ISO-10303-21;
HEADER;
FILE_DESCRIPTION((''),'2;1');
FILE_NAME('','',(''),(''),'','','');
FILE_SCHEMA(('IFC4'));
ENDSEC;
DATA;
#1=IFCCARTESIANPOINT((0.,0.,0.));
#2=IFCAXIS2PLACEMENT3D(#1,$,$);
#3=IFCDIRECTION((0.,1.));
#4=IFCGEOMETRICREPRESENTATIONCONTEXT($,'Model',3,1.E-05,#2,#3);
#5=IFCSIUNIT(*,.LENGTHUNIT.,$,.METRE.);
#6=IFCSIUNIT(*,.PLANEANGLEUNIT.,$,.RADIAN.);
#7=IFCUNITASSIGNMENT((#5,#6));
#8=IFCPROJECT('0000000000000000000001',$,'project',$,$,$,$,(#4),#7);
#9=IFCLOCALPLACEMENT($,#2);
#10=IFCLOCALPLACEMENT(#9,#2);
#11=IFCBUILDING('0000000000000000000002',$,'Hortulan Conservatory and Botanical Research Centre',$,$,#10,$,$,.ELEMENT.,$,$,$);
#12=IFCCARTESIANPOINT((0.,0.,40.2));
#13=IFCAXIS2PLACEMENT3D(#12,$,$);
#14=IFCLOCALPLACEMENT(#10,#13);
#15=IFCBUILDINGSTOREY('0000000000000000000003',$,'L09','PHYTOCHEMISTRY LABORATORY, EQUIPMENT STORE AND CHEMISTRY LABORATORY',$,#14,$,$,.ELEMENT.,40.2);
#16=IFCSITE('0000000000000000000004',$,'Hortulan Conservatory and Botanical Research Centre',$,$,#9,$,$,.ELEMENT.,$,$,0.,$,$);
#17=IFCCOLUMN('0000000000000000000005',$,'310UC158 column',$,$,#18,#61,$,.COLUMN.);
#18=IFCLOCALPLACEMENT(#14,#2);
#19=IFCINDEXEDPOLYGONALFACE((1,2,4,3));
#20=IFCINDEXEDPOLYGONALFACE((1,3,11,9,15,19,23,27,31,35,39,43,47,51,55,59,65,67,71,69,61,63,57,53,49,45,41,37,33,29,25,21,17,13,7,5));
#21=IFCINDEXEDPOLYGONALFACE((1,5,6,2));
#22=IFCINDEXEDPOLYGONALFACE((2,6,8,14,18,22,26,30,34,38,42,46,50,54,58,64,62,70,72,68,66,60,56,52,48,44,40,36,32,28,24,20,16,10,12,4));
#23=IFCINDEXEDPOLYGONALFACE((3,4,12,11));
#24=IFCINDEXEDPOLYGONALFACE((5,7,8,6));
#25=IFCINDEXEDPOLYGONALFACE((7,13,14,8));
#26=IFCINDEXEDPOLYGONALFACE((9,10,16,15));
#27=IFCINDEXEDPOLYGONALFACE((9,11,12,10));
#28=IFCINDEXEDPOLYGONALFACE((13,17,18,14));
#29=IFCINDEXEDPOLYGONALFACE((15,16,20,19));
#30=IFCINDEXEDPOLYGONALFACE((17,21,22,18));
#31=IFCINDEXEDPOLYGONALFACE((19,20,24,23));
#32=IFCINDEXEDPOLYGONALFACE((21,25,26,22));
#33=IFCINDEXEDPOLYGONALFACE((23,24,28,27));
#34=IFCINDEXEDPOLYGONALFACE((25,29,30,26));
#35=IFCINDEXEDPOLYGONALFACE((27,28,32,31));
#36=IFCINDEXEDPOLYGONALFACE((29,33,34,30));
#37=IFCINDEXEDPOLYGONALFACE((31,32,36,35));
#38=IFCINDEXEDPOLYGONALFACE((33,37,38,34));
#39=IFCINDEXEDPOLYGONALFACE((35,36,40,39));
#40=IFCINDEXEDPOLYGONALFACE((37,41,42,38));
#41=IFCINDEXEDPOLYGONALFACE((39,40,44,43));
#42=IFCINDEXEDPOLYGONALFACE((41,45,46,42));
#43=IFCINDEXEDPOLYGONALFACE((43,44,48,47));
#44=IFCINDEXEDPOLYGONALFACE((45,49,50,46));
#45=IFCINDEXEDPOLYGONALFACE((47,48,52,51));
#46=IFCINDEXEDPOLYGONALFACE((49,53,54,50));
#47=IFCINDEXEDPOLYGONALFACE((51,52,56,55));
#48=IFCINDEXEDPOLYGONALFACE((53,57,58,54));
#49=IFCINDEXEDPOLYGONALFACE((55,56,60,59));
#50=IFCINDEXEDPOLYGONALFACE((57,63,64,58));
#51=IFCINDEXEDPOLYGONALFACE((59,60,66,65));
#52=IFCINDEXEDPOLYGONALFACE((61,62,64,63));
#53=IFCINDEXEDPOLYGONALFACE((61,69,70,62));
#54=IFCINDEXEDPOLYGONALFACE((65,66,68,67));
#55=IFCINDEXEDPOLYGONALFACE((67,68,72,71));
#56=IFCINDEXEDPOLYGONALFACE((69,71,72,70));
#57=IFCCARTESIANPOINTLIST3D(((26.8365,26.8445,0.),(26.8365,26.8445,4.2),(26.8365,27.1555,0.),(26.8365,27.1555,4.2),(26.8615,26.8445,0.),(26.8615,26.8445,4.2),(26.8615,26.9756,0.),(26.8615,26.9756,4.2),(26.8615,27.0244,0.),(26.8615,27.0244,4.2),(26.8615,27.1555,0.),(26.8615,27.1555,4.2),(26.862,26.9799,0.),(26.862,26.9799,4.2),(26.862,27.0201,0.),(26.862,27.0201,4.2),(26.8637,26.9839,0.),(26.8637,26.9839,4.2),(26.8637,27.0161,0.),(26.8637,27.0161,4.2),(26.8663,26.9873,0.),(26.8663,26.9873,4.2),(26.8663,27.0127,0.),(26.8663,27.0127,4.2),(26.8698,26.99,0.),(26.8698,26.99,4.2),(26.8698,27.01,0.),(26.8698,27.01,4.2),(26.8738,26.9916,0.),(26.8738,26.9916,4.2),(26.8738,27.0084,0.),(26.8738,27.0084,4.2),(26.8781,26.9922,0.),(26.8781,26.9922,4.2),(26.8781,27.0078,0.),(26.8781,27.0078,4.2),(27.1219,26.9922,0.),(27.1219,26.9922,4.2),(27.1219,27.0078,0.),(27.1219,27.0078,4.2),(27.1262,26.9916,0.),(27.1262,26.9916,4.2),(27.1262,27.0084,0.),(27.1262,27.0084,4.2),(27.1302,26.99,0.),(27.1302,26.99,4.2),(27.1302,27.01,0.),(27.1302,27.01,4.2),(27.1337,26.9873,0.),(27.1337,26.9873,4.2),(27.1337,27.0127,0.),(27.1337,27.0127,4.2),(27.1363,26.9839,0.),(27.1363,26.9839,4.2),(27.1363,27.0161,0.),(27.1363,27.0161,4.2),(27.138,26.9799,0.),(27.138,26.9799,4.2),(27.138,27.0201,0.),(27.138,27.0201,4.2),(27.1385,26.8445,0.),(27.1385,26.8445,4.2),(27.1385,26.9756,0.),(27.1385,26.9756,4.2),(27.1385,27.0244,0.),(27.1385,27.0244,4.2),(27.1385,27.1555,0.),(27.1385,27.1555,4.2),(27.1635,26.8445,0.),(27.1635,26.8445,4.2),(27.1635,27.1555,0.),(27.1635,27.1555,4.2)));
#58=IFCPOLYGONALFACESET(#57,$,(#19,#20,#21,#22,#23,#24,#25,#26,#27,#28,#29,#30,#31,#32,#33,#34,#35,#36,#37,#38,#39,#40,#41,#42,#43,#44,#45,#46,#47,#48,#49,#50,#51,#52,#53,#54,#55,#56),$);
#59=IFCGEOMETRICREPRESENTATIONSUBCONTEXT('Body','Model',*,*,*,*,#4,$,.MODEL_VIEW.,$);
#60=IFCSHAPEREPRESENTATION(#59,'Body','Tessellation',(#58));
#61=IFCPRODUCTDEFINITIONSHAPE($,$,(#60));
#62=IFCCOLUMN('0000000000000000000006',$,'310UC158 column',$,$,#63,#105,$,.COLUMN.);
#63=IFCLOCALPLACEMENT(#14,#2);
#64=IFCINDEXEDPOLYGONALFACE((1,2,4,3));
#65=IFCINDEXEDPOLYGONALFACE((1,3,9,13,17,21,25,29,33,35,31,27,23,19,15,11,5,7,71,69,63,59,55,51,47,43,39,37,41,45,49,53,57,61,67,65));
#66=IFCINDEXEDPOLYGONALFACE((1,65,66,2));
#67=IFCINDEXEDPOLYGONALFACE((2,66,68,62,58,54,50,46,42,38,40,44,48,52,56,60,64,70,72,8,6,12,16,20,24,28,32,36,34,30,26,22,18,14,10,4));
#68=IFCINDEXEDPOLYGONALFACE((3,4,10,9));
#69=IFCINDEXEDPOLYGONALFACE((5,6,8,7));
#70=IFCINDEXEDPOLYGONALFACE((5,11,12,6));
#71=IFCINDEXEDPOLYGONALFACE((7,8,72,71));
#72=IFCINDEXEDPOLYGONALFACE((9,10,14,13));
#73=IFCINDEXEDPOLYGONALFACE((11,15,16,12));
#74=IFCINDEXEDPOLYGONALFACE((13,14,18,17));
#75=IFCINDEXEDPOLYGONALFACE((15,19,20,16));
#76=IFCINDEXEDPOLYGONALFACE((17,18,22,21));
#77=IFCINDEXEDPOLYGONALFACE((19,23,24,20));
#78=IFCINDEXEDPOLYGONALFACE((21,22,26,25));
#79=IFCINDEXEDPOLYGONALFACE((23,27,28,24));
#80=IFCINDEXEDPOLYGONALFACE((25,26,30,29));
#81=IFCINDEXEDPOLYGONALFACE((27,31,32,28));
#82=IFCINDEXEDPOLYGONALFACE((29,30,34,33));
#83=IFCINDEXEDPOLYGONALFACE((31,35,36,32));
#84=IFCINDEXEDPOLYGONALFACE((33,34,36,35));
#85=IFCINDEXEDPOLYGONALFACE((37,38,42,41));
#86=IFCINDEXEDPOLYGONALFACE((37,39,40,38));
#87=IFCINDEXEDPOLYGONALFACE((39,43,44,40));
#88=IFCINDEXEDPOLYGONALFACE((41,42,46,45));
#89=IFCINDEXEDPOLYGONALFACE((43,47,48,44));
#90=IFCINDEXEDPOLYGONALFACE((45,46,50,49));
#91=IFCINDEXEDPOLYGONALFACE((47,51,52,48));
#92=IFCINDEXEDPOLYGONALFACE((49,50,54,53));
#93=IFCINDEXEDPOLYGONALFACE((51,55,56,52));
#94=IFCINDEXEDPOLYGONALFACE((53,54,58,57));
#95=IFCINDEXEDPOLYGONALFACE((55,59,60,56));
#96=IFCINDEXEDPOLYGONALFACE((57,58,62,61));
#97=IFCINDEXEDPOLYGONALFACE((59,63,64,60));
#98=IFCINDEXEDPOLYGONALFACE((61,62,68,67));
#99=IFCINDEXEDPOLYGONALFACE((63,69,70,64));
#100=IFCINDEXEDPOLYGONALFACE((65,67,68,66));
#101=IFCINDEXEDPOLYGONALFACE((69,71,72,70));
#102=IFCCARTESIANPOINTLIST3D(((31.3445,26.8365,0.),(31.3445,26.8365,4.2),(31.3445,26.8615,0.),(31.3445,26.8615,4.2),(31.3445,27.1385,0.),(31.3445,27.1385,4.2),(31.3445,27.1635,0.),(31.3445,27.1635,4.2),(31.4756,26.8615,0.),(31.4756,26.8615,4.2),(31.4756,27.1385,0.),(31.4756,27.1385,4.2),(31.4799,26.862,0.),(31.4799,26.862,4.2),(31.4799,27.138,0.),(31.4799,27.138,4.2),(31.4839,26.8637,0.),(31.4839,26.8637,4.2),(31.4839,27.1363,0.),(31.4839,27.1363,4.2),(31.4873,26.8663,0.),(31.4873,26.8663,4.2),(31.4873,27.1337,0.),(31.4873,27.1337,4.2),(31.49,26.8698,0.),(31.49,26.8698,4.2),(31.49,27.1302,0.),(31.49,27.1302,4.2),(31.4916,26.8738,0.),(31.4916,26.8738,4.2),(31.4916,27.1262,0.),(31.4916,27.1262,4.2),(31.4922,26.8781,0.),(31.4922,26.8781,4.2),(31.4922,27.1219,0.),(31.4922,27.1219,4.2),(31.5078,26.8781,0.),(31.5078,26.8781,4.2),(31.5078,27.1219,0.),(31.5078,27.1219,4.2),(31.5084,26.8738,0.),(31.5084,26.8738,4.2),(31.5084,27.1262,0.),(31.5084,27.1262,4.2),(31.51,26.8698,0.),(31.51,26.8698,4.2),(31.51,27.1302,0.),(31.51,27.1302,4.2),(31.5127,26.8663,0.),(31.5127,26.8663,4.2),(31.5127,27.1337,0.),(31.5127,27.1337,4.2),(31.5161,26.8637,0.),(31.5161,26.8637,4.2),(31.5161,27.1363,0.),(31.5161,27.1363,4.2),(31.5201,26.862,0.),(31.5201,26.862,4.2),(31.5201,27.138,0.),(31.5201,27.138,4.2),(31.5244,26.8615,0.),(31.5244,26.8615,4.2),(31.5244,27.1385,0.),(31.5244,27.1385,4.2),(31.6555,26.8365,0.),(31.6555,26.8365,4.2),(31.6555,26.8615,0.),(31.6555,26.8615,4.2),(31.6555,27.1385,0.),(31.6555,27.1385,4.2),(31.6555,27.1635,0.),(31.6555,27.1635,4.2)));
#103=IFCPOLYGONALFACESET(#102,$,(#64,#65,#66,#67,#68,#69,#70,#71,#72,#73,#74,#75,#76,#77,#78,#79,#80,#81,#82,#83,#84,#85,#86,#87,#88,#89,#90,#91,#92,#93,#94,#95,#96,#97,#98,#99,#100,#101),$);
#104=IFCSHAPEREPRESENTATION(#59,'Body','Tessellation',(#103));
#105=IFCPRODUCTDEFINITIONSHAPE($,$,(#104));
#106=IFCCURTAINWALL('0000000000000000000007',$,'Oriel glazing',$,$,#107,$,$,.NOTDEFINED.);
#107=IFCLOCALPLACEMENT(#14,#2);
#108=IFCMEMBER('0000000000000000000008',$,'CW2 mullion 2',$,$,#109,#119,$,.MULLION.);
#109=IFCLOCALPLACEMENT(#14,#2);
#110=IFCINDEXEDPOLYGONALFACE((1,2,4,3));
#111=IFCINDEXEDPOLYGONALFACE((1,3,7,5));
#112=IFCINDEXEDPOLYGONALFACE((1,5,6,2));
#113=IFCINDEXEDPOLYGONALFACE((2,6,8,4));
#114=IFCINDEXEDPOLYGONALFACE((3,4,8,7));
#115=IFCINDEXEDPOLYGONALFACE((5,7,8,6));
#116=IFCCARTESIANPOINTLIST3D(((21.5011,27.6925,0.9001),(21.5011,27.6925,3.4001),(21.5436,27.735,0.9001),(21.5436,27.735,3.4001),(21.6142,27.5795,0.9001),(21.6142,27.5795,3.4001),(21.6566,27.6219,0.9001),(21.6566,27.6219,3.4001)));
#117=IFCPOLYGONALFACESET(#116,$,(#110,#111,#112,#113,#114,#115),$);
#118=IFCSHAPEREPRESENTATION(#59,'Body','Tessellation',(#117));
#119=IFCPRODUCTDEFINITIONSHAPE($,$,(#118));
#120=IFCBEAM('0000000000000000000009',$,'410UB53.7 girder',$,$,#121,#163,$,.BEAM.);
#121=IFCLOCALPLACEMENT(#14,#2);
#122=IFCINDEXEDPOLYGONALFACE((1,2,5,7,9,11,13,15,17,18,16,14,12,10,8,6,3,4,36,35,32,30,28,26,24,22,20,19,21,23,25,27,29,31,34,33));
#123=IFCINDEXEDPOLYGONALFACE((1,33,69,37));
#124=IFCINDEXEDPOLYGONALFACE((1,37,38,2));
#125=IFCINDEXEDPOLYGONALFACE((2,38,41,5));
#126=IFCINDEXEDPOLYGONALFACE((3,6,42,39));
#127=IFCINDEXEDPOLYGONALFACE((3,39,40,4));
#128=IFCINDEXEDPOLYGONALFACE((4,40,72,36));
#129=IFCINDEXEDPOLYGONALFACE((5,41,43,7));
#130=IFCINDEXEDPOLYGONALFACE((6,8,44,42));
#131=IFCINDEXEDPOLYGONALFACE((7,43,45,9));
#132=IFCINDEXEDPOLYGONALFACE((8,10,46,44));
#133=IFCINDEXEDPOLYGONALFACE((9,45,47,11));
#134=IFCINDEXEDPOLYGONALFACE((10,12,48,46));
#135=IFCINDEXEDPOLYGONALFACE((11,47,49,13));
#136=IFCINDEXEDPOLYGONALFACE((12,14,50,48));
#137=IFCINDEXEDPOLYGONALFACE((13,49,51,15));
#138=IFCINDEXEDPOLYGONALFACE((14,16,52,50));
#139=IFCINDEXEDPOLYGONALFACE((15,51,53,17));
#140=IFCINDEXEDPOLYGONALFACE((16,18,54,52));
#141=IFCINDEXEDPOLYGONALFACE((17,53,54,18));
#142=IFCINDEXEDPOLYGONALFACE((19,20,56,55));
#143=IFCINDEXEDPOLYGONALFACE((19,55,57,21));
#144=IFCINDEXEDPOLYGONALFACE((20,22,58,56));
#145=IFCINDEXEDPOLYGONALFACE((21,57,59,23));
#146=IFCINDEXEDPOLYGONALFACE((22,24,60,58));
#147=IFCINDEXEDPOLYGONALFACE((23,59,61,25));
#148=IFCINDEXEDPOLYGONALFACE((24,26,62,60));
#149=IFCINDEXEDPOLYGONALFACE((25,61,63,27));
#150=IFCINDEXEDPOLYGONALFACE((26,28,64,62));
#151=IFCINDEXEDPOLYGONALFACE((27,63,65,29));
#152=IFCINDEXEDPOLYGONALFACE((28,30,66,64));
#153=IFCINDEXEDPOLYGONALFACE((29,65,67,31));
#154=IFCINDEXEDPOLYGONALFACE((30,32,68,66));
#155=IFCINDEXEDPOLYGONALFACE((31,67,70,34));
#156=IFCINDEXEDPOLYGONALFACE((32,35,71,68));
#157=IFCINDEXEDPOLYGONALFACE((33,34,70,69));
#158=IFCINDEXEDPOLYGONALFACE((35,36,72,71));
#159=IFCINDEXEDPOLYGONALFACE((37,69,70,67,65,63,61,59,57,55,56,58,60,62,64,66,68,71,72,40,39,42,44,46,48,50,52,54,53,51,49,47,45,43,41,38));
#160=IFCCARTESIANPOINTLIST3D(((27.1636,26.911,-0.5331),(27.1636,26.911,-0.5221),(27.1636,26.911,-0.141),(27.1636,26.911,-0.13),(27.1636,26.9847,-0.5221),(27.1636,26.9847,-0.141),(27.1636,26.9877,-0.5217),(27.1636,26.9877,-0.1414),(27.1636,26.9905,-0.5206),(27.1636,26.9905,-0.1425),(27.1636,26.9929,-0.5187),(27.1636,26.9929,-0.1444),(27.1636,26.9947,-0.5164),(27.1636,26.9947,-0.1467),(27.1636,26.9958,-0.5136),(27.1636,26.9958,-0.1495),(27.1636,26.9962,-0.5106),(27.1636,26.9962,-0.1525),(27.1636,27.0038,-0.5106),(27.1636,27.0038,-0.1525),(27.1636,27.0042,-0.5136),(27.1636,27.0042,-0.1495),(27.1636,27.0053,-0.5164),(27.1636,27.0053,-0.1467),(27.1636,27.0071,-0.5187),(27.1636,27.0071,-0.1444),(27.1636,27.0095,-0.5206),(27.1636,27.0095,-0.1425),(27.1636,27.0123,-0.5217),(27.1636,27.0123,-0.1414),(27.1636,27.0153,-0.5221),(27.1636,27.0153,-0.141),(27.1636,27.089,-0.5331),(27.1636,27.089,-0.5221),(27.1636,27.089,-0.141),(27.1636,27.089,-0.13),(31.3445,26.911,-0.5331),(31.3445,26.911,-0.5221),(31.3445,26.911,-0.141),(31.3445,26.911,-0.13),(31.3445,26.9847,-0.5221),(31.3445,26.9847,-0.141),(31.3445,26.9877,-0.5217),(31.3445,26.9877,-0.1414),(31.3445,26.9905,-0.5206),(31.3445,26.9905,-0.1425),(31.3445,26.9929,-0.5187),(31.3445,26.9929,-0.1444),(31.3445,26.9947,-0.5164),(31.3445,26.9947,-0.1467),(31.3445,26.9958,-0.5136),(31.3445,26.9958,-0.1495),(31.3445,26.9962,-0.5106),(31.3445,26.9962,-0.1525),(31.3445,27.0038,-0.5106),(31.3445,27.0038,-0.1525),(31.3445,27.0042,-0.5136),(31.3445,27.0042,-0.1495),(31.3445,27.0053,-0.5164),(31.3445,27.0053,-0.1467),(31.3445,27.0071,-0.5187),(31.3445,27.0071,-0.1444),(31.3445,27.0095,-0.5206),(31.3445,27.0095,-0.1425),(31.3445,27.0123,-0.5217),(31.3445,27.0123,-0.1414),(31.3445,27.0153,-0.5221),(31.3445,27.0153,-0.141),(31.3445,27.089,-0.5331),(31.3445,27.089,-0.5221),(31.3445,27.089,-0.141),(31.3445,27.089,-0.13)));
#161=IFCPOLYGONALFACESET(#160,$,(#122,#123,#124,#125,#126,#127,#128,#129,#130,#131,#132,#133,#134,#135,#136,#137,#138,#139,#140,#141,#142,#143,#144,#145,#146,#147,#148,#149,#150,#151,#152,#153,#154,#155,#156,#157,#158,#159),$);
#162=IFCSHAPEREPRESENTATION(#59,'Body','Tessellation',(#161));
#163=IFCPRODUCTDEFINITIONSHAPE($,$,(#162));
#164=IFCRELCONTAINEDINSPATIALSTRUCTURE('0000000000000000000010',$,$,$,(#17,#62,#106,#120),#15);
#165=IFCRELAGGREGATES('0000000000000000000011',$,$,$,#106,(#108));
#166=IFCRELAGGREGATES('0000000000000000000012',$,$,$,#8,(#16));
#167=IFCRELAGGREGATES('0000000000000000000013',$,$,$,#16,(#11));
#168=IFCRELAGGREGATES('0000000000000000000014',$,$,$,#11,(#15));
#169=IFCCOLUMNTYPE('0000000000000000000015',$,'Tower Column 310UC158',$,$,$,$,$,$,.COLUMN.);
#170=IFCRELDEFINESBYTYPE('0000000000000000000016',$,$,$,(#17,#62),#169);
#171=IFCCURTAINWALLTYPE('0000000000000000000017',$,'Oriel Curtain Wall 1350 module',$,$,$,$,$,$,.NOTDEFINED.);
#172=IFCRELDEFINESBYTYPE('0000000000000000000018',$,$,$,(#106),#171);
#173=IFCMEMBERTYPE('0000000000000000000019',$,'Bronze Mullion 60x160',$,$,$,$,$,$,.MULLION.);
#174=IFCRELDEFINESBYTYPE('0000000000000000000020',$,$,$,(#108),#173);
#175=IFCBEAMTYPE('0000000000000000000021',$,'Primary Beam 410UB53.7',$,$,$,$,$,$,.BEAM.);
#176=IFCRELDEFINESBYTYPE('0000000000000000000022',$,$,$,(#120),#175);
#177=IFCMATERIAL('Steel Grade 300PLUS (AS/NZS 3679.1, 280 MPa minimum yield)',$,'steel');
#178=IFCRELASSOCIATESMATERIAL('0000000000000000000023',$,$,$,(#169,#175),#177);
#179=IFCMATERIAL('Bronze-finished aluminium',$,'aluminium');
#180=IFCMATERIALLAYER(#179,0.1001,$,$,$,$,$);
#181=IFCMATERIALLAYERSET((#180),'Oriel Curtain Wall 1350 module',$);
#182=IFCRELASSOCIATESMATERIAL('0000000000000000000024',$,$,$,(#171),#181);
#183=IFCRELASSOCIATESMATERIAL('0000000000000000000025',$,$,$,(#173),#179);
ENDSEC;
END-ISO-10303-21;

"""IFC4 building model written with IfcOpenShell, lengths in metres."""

from ifc_helpers import new_model, si_unit, direction, frame, origin, origin_2d, place, context, subcontext, project, spatial, rectangle, i_section, extrude, material, layer, layer_set, material_profile, profile_set, type_object, element, aggregate, save


model = new_model("IFC4")

# Units and contexts
model_context = context("Model", 3, precision=1e-05, world=origin(), true_north=direction((0.0, 1.0)))
body_context = subcontext(model_context, "Body", "Model", "MODEL_VIEW")
ifc_project = project(units=[si_unit("LENGTHUNIT", "METRE"), si_unit("PLANEANGLEUNIT", "RADIAN")], contexts=[model_context])

# Site, building, storey
site_placement = place(None, origin())
site = spatial("IfcSite", under=ifc_project, at=site_placement, Name="Hortulan Conservatory and Botanical Research Centre", CompositionType="ELEMENT", RefElevation=0.0)
building_placement = place(site_placement, origin())
building = spatial("IfcBuilding", under=site, at=building_placement, Name="Hortulan Conservatory and Botanical Research Centre", CompositionType="ELEMENT")
storey_placement = place(building_placement, frame((0.0, 0.0, 40.2)))
storey = spatial("IfcBuildingStorey", under=building, at=storey_placement, Name="L09", Description="PHYTOCHEMISTRY LABORATORY, EQUIPMENT STORE AND CHEMISTRY LABORATORY", CompositionType="ELEMENT", Elevation=40.2)

# Columns
ifc_material_1 = material(Name="Steel Grade 300PLUS (AS/NZS 3679.1, 280 MPa minimum yield)", Category="steel")
ifc_material_profile_1 = material_profile(ifc_material_1, i_section(OverallWidth=0.311, OverallDepth=0.3269, WebThickness=0.0156, FlangeThickness=0.0249, FilletRadius=0.0166, at=origin_2d()), Name="310UC158")
ifc_profile_set_1 = profile_set([ifc_material_profile_1], Name="Steel Grade 300PLUS (AS/NZS 3679.1, 280 MPa minimum yield)")
column_type = type_object("IfcColumnType", Name="Tower Column 310UC158", PredefinedType="COLUMN", material=ifc_profile_set_1)
for number, where, z_axis, x_axis, name in (
    (1, (27.0, 27.0, 0.0), (0.0, 0.0, 1.0), (0.0, 1.0, 0.0), "310UC158 column"),
    (2, (31.5, 27.0, 0.0), (0.0, 0.0, 1.0), (1.0, 0.0, 0.0), "310UC158 column"),
):
    element("IfcColumn", number, at=place(storey_placement, frame(where, z_axis=z_axis, x_axis=x_axis)), inside=storey, type_object=column_type, Name=name, PredefinedType="COLUMN", context=body_context, shape_type="SweptSolid", body=[
        extrude(i_section(OverallWidth=0.311, OverallDepth=0.3269, WebThickness=0.0156, FlangeThickness=0.0249, FilletRadius=0.0166, at=origin_2d()), origin(), (0.0, 0.0, 1.0), 4.2),
    ])

# Curtain wall, member
ifc_material_2 = material(Name="Bronze-finished aluminium", Category="aluminium")
ifc_layer_1 = layer(ifc_material_2, 0.1001)
ifc_layer_set_1 = layer_set([ifc_layer_1], Name="Oriel Curtain Wall 1350 module")
curtain_wall_type = type_object("IfcCurtainWallType", Name="Oriel Curtain Wall 1350 module", PredefinedType="NOTDEFINED", material=ifc_layer_set_1)
curtain_wall_placement = place(storey_placement, origin())
curtain_wall = element("IfcCurtainWall", 3, at=curtain_wall_placement, inside=storey, type_object=curtain_wall_type, Name="Oriel glazing", PredefinedType="NOTDEFINED")
ifc_material_profile_2 = material_profile(ifc_material_2, rectangle(XDim=0.0601, YDim=0.1599, at=origin_2d()), Name="Bronze Mullion 60x160")
ifc_profile_set_2 = profile_set([ifc_material_profile_2], Name="Bronze-finished aluminium")
member_type = type_object("IfcMemberType", Name="Bronze Mullion 60x160", PredefinedType="MULLION", material=ifc_profile_set_2)
member_placement = place(storey_placement, frame((21.5789, 27.6572, 0.9001), z_axis=(0.0, 0.0, 1.0), x_axis=(0.707107, 0.707107, 0.0)))
member = element("IfcMember", 4, at=member_placement, type_object=member_type, Name="CW2 mullion 2", PredefinedType="MULLION", context=body_context, shape_type="SweptSolid", body=[
    extrude(rectangle(XDim=0.0601, YDim=0.1599, at=origin_2d()), origin(), (0.0, 0.0, 1.0), 2.5),
])

# Beam
ifc_material_profile_3 = material_profile(ifc_material_1, i_section(OverallWidth=0.178, OverallDepth=0.4031, WebThickness=0.0076, FlangeThickness=0.011, FilletRadius=0.0115, at=origin_2d()), Name="410UB53.7")
ifc_profile_set_3 = profile_set([ifc_material_profile_3], Name="Steel Grade 300PLUS (AS/NZS 3679.1, 280 MPa minimum yield)")
beam_type_1 = type_object("IfcBeamType", Name="Primary Beam 410UB53.7", PredefinedType="BEAM", material=ifc_profile_set_3)
beam_1_placement = place(storey_placement, frame((27.1636, 27.0, -0.3315), z_axis=(1.0, 0.0, 0.0), x_axis=(0.0, 1.0, 0.0)))
element("IfcBeam", 5, at=beam_1_placement, inside=storey, type_object=beam_type_1, Name="410UB53.7 girder", PredefinedType="BEAM", context=body_context, shape_type="SweptSolid", body=[
    extrude(i_section(OverallWidth=0.178, OverallDepth=0.4031, WebThickness=0.0076, FlangeThickness=0.011, FilletRadius=0.0115, at=origin_2d()), origin(), (0.0, 0.0, 1.0), 4.1809),
])

aggregate(curtain_wall, [member])

save(model, "model.ifc")
